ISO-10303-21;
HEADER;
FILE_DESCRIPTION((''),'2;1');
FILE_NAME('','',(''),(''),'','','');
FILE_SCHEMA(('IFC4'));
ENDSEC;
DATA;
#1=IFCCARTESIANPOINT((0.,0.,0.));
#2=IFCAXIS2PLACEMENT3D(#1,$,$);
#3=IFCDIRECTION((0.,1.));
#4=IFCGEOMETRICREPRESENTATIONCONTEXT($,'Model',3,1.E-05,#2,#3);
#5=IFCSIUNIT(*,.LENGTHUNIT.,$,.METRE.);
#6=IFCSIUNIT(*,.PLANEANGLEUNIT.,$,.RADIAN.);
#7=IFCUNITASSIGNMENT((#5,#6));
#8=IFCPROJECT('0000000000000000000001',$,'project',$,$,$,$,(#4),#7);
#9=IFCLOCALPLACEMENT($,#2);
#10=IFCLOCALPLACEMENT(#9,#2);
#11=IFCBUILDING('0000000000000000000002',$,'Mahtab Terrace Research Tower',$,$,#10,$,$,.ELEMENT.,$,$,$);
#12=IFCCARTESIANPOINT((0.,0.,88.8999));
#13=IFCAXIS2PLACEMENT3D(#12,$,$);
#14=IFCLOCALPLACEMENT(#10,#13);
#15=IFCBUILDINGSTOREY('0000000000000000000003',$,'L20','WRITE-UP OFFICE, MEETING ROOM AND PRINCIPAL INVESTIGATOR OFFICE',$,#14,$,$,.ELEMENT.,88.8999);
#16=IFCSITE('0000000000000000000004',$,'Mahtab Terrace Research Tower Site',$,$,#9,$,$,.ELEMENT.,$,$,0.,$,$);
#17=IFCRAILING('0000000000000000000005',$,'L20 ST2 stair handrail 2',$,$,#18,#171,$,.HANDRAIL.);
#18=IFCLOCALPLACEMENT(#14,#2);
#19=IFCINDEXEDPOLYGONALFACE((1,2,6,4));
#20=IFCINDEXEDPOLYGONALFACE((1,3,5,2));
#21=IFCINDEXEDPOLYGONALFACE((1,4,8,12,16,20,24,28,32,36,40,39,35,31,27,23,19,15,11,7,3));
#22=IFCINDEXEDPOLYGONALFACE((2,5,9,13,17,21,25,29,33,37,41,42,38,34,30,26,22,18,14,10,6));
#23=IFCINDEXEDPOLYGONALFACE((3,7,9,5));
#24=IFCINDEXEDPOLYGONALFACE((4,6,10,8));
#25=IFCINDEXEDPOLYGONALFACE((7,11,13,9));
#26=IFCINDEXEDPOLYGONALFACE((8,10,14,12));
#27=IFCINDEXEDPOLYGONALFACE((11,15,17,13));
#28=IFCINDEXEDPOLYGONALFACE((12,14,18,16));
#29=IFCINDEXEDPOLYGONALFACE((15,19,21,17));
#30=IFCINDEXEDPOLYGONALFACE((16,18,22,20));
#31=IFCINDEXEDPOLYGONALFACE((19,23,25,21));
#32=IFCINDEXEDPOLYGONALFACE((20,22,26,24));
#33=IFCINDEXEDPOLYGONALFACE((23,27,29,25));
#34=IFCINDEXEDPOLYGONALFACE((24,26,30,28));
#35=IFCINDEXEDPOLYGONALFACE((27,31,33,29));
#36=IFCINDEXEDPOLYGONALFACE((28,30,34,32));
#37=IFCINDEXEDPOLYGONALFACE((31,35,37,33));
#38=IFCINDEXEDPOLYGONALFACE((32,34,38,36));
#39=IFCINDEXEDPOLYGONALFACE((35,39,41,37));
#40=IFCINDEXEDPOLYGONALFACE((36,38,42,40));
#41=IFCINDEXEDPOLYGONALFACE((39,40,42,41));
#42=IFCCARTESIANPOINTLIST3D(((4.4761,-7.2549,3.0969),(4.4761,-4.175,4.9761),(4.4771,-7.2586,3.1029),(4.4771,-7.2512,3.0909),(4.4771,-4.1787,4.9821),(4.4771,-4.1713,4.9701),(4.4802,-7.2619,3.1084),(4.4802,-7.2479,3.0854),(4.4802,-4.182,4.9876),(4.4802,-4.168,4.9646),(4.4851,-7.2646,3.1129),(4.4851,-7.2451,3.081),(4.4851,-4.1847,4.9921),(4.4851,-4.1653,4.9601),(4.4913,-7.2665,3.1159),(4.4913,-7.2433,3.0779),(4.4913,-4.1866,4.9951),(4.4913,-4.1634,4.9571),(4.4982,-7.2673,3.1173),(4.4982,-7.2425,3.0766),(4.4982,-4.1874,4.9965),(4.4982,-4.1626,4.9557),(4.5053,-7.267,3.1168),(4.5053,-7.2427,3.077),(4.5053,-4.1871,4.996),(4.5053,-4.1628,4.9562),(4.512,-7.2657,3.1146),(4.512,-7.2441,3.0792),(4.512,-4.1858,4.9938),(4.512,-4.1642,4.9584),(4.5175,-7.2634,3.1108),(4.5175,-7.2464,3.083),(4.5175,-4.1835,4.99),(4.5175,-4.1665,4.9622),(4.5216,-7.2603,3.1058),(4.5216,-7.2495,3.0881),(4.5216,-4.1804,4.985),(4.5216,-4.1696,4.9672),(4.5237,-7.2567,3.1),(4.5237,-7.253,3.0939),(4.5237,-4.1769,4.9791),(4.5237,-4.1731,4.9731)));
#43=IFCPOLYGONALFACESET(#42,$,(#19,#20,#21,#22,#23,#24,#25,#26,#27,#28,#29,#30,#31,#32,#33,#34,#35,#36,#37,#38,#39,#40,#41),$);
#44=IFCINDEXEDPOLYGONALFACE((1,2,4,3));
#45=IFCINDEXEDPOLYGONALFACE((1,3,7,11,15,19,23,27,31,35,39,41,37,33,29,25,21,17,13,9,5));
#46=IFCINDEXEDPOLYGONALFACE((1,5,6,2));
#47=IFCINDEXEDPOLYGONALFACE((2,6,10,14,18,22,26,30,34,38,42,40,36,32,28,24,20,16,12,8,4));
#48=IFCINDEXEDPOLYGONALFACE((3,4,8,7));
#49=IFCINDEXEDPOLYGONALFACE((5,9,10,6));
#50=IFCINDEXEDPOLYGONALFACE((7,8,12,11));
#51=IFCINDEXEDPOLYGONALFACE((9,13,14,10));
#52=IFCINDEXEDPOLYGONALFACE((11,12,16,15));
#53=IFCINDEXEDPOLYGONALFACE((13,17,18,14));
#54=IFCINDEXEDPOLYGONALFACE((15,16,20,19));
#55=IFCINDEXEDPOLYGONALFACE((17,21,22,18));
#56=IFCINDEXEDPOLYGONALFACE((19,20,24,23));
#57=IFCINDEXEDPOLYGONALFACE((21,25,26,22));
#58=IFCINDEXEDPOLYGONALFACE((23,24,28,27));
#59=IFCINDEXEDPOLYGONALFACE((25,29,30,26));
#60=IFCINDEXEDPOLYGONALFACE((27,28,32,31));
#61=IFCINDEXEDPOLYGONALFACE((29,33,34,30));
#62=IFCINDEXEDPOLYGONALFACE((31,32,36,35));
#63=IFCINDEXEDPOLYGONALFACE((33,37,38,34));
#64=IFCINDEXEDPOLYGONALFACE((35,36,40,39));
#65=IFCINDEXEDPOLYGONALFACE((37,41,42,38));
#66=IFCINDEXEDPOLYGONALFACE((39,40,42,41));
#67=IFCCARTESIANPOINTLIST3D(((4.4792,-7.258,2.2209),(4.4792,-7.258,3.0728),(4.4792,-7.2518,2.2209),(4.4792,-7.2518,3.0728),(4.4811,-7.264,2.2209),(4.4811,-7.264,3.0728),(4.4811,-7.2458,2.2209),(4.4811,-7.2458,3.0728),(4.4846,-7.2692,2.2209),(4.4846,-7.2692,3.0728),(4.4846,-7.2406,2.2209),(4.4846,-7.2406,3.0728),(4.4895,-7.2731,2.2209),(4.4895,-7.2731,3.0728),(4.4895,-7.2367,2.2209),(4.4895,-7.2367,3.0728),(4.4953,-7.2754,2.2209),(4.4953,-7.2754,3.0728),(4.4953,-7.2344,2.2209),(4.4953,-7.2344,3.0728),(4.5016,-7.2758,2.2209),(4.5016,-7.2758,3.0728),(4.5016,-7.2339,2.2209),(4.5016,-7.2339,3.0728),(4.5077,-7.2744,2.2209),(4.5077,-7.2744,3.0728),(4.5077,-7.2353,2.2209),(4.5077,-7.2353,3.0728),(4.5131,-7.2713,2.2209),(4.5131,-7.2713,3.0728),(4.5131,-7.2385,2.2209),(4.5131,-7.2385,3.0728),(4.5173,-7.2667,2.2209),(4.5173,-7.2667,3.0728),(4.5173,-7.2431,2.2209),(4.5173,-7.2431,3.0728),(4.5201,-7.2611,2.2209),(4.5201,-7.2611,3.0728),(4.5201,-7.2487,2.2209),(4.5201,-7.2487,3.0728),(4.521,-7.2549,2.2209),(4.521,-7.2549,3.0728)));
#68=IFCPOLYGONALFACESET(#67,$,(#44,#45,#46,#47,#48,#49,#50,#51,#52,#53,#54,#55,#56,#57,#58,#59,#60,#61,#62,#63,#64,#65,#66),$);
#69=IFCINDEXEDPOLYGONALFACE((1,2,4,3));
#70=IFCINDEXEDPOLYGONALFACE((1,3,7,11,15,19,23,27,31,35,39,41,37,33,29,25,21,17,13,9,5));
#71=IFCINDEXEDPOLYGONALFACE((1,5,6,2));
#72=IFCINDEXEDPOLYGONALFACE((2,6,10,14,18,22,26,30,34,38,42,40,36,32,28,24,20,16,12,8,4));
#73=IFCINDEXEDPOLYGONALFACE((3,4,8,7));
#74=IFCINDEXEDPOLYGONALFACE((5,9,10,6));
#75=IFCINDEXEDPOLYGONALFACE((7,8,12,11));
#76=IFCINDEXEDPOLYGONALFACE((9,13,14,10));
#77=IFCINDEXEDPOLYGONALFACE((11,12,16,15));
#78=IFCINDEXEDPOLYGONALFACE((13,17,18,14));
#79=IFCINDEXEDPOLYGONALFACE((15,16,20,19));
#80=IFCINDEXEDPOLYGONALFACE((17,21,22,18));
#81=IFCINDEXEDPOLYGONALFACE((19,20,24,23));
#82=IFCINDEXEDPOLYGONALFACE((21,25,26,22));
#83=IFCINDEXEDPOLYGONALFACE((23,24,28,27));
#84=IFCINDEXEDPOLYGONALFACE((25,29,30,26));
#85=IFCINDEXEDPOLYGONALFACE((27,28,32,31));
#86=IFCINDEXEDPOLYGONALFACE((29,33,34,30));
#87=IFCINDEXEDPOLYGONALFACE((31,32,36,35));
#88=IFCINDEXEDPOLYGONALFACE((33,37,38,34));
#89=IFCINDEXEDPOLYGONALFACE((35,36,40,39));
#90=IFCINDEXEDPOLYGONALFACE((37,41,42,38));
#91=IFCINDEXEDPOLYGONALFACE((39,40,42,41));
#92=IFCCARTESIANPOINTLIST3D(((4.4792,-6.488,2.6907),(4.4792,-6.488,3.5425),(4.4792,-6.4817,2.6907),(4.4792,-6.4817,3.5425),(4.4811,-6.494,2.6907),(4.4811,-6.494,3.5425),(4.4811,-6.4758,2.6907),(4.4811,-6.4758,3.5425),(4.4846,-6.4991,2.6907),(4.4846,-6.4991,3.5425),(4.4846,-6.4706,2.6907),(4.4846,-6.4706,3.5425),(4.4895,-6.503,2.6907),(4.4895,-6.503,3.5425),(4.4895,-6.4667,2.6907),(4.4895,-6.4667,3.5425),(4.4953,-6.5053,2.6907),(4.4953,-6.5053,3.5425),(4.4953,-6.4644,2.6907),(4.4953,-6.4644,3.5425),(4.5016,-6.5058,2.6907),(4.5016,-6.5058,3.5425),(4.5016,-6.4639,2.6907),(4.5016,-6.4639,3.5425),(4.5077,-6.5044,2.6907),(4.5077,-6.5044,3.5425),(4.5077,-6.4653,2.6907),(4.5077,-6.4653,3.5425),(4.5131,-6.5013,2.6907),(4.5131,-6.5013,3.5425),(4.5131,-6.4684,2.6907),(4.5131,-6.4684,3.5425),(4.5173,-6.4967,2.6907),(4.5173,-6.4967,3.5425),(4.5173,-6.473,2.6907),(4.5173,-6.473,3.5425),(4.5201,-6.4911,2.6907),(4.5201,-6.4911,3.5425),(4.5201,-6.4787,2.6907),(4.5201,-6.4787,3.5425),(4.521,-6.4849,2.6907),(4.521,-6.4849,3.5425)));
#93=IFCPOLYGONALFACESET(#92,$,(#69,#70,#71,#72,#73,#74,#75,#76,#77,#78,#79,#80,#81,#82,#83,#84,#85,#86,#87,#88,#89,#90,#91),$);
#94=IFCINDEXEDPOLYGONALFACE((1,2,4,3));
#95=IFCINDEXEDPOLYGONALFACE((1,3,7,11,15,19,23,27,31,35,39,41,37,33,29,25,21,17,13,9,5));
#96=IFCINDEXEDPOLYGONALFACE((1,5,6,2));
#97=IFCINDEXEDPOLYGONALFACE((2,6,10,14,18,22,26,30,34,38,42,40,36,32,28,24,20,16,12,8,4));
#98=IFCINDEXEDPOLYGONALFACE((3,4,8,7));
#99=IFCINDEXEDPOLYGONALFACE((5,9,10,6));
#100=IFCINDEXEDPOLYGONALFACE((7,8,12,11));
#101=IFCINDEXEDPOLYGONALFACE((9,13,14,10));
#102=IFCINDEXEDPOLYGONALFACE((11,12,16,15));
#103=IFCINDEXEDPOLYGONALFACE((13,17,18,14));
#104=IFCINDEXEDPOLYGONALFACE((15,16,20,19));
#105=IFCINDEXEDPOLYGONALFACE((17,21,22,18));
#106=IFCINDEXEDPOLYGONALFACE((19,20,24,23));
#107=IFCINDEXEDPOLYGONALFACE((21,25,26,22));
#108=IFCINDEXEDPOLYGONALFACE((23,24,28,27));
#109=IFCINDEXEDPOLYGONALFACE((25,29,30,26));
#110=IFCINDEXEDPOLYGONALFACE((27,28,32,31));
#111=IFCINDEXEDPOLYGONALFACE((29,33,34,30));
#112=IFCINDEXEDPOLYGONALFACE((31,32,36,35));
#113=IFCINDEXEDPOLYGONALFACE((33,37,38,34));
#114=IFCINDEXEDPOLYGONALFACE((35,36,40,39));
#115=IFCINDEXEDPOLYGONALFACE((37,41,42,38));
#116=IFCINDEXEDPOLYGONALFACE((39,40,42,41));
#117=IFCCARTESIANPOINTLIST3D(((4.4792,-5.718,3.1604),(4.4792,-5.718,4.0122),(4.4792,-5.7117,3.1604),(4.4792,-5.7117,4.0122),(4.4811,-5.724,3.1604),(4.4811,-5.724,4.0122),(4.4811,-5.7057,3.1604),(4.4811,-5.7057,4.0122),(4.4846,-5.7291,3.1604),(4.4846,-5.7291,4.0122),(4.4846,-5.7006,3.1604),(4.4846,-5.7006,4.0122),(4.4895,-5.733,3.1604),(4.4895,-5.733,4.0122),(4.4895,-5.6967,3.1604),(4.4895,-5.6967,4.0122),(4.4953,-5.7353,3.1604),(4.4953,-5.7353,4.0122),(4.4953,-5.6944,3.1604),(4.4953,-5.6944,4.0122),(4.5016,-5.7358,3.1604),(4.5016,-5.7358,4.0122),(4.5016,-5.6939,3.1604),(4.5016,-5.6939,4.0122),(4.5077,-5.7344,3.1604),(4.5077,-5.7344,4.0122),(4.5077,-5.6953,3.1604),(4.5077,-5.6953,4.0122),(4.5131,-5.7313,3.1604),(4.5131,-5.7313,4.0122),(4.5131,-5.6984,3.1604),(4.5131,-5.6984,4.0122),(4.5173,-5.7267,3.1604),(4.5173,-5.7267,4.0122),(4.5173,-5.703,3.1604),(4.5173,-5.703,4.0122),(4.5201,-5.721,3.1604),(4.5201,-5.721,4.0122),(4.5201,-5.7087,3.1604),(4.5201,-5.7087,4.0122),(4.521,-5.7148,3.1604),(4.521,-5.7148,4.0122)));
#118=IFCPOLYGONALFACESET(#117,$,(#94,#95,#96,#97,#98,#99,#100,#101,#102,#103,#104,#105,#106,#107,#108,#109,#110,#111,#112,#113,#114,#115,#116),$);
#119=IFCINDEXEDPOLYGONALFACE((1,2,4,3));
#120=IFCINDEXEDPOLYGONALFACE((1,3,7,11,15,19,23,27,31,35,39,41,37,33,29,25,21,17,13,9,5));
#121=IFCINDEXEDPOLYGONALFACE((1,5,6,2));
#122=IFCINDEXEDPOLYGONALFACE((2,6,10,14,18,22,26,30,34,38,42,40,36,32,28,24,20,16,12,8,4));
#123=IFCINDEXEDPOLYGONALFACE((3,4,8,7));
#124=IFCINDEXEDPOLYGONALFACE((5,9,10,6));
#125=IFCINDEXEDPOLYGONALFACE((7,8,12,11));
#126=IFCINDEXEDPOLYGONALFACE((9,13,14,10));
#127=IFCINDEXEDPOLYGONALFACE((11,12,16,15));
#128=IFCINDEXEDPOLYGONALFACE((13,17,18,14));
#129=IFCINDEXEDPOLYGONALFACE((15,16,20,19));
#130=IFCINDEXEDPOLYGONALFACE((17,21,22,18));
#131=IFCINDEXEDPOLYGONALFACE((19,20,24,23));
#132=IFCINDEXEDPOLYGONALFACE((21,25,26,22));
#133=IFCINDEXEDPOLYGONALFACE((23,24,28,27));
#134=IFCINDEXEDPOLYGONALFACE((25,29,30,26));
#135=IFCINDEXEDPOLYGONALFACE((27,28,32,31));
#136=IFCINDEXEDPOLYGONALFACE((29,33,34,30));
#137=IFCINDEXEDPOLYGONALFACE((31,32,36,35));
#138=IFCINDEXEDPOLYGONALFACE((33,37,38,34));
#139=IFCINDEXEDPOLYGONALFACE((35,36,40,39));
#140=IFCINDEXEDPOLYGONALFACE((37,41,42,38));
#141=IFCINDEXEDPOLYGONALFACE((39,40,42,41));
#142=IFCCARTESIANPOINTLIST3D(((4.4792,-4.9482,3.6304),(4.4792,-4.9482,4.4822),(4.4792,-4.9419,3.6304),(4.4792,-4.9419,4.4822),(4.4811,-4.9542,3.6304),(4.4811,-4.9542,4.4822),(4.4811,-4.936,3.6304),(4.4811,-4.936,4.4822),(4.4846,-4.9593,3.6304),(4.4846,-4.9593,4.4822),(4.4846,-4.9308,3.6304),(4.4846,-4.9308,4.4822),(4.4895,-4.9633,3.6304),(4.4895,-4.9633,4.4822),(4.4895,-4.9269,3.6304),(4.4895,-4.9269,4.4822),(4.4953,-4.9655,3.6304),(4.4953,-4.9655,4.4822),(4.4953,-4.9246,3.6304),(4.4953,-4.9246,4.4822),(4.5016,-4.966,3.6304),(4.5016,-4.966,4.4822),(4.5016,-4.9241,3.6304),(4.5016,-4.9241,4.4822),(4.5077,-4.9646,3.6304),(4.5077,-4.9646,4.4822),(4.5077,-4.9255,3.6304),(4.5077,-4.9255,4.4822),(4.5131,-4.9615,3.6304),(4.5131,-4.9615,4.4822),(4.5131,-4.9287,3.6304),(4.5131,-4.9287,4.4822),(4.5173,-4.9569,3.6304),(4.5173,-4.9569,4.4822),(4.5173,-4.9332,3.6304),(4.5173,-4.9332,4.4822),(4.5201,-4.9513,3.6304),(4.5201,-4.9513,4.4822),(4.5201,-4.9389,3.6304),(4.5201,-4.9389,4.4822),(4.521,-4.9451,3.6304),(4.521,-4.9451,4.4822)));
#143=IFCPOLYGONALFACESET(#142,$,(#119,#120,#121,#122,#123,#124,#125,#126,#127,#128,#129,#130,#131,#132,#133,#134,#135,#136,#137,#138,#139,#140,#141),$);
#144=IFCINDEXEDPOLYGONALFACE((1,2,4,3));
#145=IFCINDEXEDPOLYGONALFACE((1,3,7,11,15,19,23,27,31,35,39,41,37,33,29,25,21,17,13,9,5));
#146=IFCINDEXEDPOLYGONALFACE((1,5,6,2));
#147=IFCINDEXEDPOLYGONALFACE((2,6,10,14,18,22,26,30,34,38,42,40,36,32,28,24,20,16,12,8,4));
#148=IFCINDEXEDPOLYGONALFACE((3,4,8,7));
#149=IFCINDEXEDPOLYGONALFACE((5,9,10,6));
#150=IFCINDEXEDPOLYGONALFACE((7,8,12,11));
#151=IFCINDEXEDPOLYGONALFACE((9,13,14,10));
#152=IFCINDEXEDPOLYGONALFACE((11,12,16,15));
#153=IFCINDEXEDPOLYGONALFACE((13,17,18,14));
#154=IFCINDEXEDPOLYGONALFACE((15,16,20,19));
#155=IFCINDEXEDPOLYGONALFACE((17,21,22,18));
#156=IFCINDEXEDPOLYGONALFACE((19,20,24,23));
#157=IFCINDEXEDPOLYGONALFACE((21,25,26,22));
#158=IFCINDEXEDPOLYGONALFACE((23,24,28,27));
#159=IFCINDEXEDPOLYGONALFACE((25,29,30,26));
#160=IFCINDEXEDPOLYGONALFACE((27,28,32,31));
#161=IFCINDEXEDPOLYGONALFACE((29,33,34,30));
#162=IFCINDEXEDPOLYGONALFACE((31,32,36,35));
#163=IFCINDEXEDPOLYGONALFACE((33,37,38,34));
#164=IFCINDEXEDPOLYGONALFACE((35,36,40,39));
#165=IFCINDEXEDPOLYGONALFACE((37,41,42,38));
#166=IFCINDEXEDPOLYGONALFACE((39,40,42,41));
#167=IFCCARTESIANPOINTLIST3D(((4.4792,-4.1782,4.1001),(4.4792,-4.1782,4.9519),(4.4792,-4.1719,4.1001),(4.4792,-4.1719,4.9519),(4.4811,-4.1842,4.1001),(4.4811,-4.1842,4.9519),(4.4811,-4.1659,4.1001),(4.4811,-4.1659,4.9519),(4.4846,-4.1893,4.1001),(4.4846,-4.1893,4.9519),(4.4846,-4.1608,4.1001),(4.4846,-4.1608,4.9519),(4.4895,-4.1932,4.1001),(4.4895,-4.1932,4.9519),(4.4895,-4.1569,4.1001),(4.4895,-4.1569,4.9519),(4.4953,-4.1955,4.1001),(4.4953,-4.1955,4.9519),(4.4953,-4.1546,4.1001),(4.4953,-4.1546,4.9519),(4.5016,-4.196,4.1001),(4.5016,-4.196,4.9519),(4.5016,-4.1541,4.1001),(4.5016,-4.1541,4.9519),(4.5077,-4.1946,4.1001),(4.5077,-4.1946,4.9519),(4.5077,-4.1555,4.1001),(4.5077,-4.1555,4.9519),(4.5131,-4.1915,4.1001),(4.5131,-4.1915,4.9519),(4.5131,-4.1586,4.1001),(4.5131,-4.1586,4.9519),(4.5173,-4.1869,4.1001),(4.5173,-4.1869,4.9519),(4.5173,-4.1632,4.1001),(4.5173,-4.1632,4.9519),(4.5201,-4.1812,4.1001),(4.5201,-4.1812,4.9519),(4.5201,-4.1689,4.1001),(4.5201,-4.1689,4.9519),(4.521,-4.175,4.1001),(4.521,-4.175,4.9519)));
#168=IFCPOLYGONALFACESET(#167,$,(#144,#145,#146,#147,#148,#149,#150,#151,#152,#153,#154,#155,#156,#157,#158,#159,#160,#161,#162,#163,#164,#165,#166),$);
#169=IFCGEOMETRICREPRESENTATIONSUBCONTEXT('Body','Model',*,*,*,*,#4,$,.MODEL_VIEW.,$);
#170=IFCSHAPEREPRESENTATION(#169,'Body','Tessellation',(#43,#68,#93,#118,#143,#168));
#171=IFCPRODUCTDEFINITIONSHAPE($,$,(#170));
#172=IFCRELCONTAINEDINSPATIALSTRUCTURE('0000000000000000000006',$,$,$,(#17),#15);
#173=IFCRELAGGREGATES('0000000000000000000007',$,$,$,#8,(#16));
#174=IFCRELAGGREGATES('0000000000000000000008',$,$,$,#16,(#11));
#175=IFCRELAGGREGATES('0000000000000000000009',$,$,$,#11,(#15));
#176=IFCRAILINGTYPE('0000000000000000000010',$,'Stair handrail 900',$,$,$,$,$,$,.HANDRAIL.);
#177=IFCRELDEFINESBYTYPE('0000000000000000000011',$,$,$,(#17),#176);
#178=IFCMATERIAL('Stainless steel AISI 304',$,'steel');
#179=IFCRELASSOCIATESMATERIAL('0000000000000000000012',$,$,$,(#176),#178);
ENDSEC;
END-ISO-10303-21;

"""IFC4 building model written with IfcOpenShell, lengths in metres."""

from ifc_helpers import new_model, si_unit, direction, frame, origin, origin_2d, place, context, subcontext, project, spatial, circle, extrude, material, type_object, element, save


model = new_model("IFC4")

# Units and contexts
model_context = context("Model", 3, precision=1e-05, world=origin(), true_north=direction((0.0, 1.0)))
body_context = subcontext(model_context, "Body", "Model", "MODEL_VIEW")
ifc_project = project(units=[si_unit("LENGTHUNIT", "METRE"), si_unit("PLANEANGLEUNIT", "RADIAN")], contexts=[model_context])

# Site, building, storey
site_placement = place(None, origin())
site = spatial("IfcSite", under=ifc_project, at=site_placement, Name="Mahtab Terrace Research Tower Site", CompositionType="ELEMENT", RefElevation=0.0)
building_placement = place(site_placement, origin())
building = spatial("IfcBuilding", under=site, at=building_placement, Name="Mahtab Terrace Research Tower", CompositionType="ELEMENT")
storey_placement = place(building_placement, frame((0.0, 0.0, 88.8999)))
storey = spatial("IfcBuildingStorey", under=building, at=storey_placement, Name="L20", Description="WRITE-UP OFFICE, MEETING ROOM AND PRINCIPAL INVESTIGATOR OFFICE", CompositionType="ELEMENT", Elevation=88.8999)

# Railing
ifc_material_1 = material(Name="Stainless steel AISI 304", Category="steel")
railing_type_1 = type_object("IfcRailingType", Name="Stair handrail 900", PredefinedType="HANDRAIL", material=ifc_material_1)
railing_1_placement = place(storey_placement, frame((4.5, -7.2549, 2.2209)))
element("IfcRailing", 1, at=railing_1_placement, inside=storey, type_object=railing_type_1, Name="L20 ST2 stair handrail 2", PredefinedType="HANDRAIL", context=body_context, shape_type="SweptSolid", body=[
    extrude(circle(Radius=0.0239, at=origin_2d()), frame((0.0, 0.0, 0.876), z_axis=(0.0, 0.853648, 0.52085), x_axis=(-1.0, 0.0, 0.0)), (0.0, 0.0, 1.0), 3.6079),
    extrude(circle(Radius=0.021, at=origin_2d()), origin(), (0.0, 0.0, 1.0), 0.8518),
    extrude(circle(Radius=0.021, at=origin_2d()), frame((0.0, 0.77, 0.4697)), (0.0, 0.0, 1.0), 0.8518),
    extrude(circle(Radius=0.021, at=origin_2d()), frame((0.0, 1.54, 0.9395)), (0.0, 0.0, 1.0), 0.8518),
    extrude(circle(Radius=0.021, at=origin_2d()), frame((0.0, 2.3098, 1.4094)), (0.0, 0.0, 1.0), 0.8518),
    extrude(circle(Radius=0.021, at=origin_2d()), frame((0.0, 3.0798, 1.8792)), (0.0, 0.0, 1.0), 0.8518),
])

save(model, "model.ifc")
